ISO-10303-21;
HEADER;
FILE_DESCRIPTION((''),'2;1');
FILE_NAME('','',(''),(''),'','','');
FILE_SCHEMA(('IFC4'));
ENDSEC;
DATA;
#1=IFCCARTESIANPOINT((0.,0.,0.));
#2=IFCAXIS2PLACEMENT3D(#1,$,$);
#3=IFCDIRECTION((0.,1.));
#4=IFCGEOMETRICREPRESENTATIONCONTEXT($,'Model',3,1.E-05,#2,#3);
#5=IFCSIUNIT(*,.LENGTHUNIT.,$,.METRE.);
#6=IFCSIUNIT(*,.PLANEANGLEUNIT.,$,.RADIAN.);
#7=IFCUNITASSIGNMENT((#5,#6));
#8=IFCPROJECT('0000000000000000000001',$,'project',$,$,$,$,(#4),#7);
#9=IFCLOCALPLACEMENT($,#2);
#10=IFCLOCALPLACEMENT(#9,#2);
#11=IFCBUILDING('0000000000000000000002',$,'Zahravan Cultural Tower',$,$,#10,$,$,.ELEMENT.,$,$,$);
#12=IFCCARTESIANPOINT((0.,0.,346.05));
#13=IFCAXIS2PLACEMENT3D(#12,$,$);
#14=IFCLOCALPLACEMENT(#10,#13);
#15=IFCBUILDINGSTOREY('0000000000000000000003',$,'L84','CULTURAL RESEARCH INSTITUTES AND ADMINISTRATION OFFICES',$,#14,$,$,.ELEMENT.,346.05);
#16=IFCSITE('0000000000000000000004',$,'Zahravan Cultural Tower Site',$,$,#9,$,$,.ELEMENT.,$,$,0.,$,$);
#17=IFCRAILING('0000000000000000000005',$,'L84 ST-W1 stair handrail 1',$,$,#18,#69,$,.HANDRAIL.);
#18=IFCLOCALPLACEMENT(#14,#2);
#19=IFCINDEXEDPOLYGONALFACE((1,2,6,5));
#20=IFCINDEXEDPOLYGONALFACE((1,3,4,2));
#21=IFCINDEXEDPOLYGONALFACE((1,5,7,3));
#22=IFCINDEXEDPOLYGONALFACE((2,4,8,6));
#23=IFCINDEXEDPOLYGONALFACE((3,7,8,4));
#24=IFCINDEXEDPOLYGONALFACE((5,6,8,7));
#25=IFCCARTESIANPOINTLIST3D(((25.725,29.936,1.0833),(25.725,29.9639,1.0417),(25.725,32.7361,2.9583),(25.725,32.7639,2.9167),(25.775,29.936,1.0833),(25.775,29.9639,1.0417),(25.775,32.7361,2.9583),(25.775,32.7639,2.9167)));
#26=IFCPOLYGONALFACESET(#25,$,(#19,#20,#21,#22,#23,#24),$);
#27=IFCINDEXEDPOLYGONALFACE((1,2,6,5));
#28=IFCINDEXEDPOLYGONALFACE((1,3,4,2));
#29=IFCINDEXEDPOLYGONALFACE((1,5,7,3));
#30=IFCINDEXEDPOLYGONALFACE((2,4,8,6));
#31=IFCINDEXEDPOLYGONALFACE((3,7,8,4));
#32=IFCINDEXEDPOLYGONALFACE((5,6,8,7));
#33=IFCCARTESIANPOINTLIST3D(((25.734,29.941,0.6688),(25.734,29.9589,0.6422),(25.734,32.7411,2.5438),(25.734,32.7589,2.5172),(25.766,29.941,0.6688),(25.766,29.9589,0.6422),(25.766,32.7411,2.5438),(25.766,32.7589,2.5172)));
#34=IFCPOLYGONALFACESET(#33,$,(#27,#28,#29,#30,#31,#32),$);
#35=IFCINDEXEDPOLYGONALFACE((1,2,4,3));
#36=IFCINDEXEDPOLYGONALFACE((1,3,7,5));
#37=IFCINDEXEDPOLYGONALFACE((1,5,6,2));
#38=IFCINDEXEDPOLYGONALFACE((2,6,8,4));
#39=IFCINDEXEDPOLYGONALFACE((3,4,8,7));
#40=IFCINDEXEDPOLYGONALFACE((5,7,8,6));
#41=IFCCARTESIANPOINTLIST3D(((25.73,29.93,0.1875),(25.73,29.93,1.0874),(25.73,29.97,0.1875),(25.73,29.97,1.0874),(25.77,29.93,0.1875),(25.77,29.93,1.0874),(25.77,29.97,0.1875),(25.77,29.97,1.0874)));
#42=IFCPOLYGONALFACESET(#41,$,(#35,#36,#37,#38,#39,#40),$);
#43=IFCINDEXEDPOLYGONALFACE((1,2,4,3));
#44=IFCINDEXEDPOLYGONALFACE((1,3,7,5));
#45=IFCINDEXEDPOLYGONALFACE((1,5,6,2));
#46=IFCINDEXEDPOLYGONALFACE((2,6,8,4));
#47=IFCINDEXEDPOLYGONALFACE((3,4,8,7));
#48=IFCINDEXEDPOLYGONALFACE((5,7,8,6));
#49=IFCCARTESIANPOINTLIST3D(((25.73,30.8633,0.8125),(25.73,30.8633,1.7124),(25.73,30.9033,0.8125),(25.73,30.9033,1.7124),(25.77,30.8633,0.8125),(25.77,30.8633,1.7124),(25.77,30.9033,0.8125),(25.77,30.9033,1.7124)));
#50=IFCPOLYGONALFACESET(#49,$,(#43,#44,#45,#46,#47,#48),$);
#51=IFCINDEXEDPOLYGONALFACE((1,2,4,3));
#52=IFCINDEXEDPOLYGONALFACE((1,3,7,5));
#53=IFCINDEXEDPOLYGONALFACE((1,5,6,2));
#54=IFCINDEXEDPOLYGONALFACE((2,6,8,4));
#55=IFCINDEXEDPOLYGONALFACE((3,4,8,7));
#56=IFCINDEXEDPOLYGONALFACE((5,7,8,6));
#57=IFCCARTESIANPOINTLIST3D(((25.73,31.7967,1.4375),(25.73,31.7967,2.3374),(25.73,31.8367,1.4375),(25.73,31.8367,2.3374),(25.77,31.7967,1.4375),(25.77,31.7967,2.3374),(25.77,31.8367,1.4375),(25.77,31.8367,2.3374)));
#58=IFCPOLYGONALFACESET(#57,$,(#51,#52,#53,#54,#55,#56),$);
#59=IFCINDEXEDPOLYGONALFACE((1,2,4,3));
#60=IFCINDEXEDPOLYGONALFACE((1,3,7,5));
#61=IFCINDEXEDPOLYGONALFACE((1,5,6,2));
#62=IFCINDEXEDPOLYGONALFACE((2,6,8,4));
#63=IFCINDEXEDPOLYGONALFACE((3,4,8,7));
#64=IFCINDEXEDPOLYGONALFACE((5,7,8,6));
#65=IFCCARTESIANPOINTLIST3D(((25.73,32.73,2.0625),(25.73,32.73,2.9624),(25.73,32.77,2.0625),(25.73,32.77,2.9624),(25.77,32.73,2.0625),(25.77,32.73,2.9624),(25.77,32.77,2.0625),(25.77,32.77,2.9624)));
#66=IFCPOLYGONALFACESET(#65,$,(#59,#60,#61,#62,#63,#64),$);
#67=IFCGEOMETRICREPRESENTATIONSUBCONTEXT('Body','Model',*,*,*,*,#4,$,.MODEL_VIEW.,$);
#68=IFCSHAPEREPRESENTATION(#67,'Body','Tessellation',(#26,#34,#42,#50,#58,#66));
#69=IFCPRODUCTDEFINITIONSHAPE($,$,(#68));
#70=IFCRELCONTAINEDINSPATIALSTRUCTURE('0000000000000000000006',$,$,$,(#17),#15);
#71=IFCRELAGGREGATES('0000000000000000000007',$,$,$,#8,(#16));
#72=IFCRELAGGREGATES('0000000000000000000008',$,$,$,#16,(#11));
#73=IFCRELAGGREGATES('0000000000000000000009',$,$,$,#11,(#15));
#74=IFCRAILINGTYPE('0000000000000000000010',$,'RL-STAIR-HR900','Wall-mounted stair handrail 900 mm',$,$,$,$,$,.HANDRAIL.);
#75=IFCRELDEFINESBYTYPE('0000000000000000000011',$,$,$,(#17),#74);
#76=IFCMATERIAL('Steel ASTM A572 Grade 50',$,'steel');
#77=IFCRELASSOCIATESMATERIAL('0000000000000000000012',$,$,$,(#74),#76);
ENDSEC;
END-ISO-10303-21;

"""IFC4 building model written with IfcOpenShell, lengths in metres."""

from ifc_helpers import new_model, si_unit, direction, frame, origin, origin_2d, place, context, subcontext, project, spatial, rectangle, extrude, material, type_object, element, save


model = new_model("IFC4")

# Units and contexts
model_context = context("Model", 3, precision=1e-05, world=origin(), true_north=direction((0.0, 1.0)))
body_context = subcontext(model_context, "Body", "Model", "MODEL_VIEW")
ifc_project = project(units=[si_unit("LENGTHUNIT", "METRE"), si_unit("PLANEANGLEUNIT", "RADIAN")], contexts=[model_context])

# Site, building, storey
site_placement = place(None, origin())
site = spatial("IfcSite", under=ifc_project, at=site_placement, Name="Zahravan Cultural Tower Site", CompositionType="ELEMENT", RefElevation=0.0)
building_placement = place(site_placement, origin())
building = spatial("IfcBuilding", under=site, at=building_placement, Name="Zahravan Cultural Tower", CompositionType="ELEMENT")
storey_placement = place(building_placement, frame((0.0, 0.0, 346.05)))
storey = spatial("IfcBuildingStorey", under=building, at=storey_placement, Name="L84", Description="CULTURAL RESEARCH INSTITUTES AND ADMINISTRATION OFFICES", CompositionType="ELEMENT", Elevation=346.05)

# Shared definitions
ifc_material_1 = material(Name="Steel ASTM A572 Grade 50", Category="steel")

# Railing
railing_type = type_object("IfcRailingType", Name="RL-STAIR-HR900", Description="Wall-mounted stair handrail 900 mm", PredefinedType="HANDRAIL", material=ifc_material_1)
railing_placement = place(storey_placement, frame((25.75, 29.95, 0.1875)))
element("IfcRailing", 1, at=railing_placement, inside=storey, type_object=railing_type, Name="L84 ST-W1 stair handrail 1", PredefinedType="HANDRAIL", context=body_context, shape_type="SweptSolid", body=[
    extrude(rectangle(XDim=0.05, YDim=0.05, at=origin_2d()), frame((0.0, 0.0, 0.875), z_axis=(0.0, 0.830912, 0.556404), x_axis=(-1.0, 0.0, 0.0)), (0.0, 0.0, 1.0), 3.3699),
    extrude(rectangle(XDim=0.032, YDim=0.032, at=origin_2d()), frame((0.0, 0.0, 0.468), z_axis=(0.0, 0.830912, 0.556404), x_axis=(-1.0, 0.0, 0.0)), (0.0, 0.0, 1.0), 3.3699),
    extrude(rectangle(XDim=0.04, YDim=0.04, at=origin_2d()), origin(), (0.0, 0.0, 1.0), 0.8999),
    extrude(rectangle(XDim=0.04, YDim=0.04, at=origin_2d()), frame((0.0, 0.9333, 0.625)), (0.0, 0.0, 1.0), 0.8999),
    extrude(rectangle(XDim=0.04, YDim=0.04, at=origin_2d()), frame((0.0, 1.8667, 1.25)), (0.0, 0.0, 1.0), 0.8999),
    extrude(rectangle(XDim=0.04, YDim=0.04, at=origin_2d()), frame((0.0, 2.8, 1.875)), (0.0, 0.0, 1.0), 0.8999),
])

save(model, "model.ifc")
